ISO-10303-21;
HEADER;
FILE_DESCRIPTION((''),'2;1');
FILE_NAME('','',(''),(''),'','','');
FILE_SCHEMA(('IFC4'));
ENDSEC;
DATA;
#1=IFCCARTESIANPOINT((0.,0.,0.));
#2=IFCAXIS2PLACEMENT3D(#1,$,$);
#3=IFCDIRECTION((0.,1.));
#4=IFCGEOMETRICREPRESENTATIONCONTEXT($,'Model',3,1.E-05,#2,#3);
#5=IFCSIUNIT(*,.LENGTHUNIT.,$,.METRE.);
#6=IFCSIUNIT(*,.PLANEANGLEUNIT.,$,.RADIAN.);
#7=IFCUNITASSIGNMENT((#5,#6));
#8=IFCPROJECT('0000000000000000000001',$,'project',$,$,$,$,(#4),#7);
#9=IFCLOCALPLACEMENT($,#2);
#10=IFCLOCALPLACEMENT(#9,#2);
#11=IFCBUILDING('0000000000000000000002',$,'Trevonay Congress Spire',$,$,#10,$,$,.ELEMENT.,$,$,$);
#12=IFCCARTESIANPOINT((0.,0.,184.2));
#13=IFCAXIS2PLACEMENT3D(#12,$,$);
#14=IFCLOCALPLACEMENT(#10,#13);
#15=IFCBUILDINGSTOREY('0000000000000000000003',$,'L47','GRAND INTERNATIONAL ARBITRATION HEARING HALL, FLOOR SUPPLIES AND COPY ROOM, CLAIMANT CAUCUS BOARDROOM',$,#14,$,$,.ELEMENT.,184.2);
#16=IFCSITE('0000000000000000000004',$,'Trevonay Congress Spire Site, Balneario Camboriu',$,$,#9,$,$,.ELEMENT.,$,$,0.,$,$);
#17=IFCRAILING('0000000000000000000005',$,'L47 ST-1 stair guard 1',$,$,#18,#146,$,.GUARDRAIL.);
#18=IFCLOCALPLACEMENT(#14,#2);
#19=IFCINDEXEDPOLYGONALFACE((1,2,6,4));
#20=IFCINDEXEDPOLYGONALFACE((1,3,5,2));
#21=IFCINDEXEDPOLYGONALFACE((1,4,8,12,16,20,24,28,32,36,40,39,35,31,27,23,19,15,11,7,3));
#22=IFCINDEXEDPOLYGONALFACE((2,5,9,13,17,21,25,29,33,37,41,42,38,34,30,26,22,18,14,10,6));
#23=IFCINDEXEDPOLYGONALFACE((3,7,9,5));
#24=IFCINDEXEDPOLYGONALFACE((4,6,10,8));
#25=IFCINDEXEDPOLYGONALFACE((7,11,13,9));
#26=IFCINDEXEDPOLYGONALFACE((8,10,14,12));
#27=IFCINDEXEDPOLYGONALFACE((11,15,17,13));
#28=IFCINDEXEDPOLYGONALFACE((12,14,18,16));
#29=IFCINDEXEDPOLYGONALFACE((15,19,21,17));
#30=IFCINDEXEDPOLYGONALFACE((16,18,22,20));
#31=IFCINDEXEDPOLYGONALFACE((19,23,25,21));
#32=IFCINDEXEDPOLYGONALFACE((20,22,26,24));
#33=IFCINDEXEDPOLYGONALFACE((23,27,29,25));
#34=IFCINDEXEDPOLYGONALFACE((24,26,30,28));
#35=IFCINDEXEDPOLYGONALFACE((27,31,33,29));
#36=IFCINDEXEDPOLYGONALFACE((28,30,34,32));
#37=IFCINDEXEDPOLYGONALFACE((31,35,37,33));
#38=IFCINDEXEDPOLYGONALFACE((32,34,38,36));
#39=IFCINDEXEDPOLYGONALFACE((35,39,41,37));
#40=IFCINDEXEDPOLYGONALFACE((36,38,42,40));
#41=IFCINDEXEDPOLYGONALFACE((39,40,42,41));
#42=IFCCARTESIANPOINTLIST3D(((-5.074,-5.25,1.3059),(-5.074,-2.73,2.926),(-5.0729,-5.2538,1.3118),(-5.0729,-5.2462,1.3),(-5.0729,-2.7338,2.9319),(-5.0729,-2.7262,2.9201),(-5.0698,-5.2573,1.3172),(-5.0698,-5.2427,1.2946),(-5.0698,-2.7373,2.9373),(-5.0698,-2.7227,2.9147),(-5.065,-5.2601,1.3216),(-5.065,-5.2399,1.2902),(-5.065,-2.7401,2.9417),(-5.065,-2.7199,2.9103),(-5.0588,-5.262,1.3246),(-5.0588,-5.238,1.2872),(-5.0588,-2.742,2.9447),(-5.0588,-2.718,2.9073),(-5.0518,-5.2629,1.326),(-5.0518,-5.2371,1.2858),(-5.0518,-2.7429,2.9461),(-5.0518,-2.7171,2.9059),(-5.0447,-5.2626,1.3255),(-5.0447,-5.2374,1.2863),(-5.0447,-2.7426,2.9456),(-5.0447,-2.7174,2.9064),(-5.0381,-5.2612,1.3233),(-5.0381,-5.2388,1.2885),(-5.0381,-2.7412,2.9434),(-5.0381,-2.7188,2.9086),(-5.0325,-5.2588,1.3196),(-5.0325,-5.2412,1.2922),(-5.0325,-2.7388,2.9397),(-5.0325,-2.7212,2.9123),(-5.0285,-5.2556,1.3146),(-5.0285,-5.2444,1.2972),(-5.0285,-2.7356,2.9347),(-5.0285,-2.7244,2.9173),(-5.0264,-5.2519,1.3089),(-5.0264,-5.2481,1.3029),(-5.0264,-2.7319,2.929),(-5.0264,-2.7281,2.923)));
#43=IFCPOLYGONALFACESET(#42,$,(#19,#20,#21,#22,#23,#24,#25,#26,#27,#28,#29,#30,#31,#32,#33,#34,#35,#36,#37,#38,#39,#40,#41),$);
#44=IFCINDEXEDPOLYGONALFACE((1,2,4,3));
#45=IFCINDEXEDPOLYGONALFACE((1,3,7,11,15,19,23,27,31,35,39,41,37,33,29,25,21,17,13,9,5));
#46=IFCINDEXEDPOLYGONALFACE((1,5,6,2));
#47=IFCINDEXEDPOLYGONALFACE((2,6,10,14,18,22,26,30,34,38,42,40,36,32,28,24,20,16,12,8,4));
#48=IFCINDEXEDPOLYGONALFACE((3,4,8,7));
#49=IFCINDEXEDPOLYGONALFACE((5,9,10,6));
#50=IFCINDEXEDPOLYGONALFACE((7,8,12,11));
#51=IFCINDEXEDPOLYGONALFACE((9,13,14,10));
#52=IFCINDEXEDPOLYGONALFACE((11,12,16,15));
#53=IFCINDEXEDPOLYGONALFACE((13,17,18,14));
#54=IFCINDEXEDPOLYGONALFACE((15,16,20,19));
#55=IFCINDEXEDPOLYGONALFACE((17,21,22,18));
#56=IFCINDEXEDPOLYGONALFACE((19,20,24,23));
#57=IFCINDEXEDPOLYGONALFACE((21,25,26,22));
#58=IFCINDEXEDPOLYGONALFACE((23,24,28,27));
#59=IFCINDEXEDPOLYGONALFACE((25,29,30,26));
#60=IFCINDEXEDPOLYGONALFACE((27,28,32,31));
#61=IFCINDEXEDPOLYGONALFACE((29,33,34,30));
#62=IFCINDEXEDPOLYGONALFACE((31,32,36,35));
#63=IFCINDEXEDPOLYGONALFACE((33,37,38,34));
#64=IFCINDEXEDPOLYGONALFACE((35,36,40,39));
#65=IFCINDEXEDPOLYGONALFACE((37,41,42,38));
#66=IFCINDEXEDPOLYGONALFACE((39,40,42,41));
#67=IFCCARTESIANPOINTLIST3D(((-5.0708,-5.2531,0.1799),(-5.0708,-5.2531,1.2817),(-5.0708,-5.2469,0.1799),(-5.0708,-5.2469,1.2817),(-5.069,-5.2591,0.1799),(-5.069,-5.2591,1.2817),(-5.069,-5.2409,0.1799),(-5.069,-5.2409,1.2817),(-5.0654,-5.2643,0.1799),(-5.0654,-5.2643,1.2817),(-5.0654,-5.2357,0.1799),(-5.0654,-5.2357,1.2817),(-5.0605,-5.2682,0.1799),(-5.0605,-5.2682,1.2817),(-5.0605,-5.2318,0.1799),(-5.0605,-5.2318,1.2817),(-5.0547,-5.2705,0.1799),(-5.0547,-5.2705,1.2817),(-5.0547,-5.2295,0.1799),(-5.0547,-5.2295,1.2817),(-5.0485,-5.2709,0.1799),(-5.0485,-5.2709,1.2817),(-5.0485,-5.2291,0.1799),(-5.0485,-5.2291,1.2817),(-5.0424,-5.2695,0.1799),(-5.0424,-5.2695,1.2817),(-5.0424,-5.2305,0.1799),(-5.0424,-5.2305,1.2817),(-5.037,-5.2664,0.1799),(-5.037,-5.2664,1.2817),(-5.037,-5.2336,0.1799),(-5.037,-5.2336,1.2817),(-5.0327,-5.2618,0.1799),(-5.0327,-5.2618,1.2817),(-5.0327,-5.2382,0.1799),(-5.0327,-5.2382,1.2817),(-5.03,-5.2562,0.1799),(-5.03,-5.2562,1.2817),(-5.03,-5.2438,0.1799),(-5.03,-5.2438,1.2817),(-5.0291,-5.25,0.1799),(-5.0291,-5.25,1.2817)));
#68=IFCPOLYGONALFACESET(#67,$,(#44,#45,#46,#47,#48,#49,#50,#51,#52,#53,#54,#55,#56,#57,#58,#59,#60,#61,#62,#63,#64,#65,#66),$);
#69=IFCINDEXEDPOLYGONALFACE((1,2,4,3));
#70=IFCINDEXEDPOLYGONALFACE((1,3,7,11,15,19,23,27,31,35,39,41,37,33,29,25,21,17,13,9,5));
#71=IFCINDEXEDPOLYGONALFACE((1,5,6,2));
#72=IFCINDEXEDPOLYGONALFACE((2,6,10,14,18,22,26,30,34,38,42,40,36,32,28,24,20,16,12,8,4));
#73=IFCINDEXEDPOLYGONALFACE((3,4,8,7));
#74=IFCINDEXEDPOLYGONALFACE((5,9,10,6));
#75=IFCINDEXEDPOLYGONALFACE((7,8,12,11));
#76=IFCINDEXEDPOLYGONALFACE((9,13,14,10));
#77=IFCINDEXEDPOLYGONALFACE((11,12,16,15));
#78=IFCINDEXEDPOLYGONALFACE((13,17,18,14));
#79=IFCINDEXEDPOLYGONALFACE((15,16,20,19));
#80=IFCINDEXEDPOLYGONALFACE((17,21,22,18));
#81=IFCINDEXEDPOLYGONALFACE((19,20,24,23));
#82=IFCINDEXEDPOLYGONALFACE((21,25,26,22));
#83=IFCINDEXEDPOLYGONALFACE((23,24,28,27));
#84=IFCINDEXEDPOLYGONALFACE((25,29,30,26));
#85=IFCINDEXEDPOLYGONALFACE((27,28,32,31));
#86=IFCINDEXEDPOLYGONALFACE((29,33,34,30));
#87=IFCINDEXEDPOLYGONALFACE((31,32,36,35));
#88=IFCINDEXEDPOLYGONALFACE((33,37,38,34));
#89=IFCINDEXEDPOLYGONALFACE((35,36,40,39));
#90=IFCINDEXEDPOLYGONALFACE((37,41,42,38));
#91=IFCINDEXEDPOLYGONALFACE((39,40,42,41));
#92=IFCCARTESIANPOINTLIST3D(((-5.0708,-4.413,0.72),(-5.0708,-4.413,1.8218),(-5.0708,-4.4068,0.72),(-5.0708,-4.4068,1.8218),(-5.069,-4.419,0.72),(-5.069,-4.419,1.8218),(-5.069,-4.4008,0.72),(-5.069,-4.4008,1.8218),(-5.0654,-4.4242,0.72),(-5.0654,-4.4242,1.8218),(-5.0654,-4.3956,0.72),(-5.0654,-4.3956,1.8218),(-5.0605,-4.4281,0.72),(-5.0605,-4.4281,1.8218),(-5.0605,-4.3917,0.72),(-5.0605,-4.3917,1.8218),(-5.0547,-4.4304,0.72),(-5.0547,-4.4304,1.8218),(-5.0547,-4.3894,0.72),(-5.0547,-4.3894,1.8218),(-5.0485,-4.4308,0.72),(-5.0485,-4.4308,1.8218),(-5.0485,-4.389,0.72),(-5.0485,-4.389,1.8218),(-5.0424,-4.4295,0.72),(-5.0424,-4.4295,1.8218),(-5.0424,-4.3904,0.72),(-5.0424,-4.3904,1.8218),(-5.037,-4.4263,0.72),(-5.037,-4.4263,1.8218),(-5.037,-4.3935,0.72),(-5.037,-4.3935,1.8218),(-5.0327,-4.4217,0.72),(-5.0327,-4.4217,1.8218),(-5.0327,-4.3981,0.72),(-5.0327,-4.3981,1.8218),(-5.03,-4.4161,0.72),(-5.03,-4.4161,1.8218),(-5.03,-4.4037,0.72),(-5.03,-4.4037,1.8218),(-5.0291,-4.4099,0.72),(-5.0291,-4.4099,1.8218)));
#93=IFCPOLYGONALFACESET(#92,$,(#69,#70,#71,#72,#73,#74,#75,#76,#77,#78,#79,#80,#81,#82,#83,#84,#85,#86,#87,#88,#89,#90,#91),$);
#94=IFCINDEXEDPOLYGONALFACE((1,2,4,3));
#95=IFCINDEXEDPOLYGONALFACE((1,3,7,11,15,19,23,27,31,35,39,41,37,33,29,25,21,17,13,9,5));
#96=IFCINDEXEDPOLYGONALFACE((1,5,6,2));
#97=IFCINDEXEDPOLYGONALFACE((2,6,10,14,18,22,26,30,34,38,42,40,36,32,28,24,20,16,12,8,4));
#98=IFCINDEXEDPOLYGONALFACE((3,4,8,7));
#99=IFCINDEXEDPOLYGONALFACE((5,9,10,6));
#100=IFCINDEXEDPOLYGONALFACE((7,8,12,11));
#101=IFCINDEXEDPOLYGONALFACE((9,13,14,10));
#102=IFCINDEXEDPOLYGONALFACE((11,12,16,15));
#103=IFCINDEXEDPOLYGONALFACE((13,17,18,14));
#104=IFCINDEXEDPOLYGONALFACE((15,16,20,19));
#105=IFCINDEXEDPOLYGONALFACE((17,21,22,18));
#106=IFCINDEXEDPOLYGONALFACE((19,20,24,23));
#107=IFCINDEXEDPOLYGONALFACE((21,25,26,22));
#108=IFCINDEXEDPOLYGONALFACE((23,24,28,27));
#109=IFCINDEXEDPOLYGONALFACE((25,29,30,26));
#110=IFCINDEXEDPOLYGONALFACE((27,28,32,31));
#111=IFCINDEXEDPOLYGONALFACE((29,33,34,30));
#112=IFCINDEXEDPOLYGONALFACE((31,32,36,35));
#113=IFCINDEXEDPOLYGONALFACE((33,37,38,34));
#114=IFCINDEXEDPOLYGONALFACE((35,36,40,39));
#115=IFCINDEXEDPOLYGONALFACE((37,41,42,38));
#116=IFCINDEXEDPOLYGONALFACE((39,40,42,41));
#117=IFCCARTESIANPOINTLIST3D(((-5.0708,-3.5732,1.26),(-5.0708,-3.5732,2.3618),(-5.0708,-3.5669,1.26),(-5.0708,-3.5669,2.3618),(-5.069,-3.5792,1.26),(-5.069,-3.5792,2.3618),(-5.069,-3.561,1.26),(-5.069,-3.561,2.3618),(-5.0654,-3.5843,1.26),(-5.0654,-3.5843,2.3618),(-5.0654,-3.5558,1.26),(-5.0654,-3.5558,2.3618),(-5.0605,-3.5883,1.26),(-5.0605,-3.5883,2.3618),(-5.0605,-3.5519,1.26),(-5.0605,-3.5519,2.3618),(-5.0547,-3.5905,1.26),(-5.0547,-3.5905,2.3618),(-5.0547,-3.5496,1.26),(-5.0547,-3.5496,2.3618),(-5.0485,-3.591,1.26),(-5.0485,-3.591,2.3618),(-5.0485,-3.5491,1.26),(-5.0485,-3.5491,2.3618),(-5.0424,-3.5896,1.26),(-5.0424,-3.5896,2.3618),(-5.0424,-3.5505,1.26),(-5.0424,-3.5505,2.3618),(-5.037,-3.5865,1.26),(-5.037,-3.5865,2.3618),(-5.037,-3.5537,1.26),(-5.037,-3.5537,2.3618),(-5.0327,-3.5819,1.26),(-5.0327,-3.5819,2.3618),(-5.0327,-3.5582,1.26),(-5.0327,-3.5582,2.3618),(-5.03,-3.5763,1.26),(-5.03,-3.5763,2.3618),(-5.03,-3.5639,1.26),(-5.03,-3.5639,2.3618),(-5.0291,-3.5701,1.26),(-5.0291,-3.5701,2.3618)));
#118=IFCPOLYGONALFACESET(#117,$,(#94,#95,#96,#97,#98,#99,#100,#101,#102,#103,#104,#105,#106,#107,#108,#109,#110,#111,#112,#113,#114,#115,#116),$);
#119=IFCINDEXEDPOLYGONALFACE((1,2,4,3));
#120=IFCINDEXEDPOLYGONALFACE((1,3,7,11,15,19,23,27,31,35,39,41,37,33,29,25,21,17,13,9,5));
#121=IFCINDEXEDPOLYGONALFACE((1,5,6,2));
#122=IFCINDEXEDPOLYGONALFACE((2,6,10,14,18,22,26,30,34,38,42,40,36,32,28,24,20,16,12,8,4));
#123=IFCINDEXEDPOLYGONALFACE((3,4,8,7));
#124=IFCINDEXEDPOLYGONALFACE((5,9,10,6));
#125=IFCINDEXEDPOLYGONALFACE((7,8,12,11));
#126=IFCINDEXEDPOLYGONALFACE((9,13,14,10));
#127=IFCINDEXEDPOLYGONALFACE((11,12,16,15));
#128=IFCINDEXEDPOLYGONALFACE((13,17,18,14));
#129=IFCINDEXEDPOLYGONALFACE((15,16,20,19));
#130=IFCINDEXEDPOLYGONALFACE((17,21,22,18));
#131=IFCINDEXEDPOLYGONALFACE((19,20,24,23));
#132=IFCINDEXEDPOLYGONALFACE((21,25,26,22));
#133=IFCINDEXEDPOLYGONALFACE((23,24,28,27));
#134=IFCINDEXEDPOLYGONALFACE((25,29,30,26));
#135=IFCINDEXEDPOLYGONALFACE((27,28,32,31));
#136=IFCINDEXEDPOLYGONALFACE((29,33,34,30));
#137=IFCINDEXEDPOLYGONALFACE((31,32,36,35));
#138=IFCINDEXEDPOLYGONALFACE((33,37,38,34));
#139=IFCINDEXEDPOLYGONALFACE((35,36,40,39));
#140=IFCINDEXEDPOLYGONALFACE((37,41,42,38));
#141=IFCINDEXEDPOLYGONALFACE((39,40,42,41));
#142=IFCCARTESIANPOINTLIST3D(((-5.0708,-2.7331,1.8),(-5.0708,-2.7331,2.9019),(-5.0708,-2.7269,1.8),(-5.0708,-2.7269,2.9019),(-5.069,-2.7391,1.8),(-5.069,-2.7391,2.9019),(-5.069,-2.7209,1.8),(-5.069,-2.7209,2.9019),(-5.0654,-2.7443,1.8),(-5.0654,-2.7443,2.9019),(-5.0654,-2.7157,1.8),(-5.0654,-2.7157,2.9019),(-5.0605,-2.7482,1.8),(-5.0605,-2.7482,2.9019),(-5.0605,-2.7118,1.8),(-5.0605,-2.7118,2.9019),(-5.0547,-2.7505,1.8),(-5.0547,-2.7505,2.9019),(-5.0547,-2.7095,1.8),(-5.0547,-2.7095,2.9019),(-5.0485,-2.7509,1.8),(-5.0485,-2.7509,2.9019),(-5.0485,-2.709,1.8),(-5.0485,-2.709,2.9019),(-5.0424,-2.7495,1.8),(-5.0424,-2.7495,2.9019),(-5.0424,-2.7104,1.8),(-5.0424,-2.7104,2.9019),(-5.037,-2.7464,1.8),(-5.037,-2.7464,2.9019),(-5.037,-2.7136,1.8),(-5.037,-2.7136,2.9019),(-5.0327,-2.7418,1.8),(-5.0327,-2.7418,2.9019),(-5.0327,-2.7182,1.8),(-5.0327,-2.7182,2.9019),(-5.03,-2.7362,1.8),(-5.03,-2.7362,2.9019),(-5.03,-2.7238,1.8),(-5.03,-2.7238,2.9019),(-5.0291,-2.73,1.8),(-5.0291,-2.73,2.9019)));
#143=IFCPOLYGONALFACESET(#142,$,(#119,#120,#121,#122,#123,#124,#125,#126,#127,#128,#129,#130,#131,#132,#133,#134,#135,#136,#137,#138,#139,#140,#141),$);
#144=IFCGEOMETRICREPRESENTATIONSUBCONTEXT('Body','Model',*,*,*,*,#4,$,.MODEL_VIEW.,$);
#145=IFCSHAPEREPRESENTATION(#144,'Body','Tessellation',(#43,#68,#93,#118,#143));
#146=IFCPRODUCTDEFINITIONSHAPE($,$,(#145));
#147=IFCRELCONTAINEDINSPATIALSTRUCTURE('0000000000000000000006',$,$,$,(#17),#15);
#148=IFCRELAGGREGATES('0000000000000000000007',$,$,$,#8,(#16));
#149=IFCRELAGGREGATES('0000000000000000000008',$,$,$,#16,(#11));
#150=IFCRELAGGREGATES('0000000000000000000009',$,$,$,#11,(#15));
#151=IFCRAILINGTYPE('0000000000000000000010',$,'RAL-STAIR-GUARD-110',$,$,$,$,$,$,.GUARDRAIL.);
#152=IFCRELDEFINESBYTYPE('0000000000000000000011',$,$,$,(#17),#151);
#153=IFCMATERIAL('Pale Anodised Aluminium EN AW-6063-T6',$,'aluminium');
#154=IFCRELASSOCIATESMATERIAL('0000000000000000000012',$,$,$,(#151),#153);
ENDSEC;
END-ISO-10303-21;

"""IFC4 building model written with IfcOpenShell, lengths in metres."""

from ifc_helpers import new_model, si_unit, direction, frame, origin, origin_2d, place, context, subcontext, project, spatial, circle, extrude, material, type_object, element, save


model = new_model("IFC4")

# Units and contexts
model_context = context("Model", 3, precision=1e-05, world=origin(), true_north=direction((0.0, 1.0)))
body_context = subcontext(model_context, "Body", "Model", "MODEL_VIEW")
ifc_project = project(units=[si_unit("LENGTHUNIT", "METRE"), si_unit("PLANEANGLEUNIT", "RADIAN")], contexts=[model_context])

# Site, building, storey
site_placement = place(None, origin())
site = spatial("IfcSite", under=ifc_project, at=site_placement, Name="Trevonay Congress Spire Site, Balneario Camboriu", CompositionType="ELEMENT", RefElevation=0.0)
building_placement = place(site_placement, origin())
building = spatial("IfcBuilding", under=site, at=building_placement, Name="Trevonay Congress Spire", CompositionType="ELEMENT")
storey_placement = place(building_placement, frame((0.0, 0.0, 184.2)))
storey = spatial("IfcBuildingStorey", under=building, at=storey_placement, Name="L47", Description="GRAND INTERNATIONAL ARBITRATION HEARING HALL, FLOOR SUPPLIES AND COPY ROOM, CLAIMANT CAUCUS BOARDROOM", CompositionType="ELEMENT", Elevation=184.2)

# Shared definitions
ifc_material_1 = material(Name="Pale Anodised Aluminium EN AW-6063-T6", Category="aluminium")

# Railing
railing_type_1 = type_object("IfcRailingType", Name="RAL-STAIR-GUARD-110", PredefinedType="GUARDRAIL", material=ifc_material_1)
railing_1_placement = place(storey_placement, frame((-5.05, -5.25, 0.1799)))
element("IfcRailing", 1, at=railing_1_placement, inside=storey, type_object=railing_type_1, Name="L47 ST-1 stair guard 1", PredefinedType="GUARDRAIL", context=body_context, shape_type="SweptSolid", body=[
    extrude(circle(Radius=0.0239, at=origin_2d()), frame((0.0, 0.0, 1.126), z_axis=(0.0, 0.841163, 0.540782), x_axis=(-1.0, 0.0, 0.0)), (0.0, 0.0, 1.0), 2.9958),
    extrude(circle(Radius=0.021, at=origin_2d()), origin(), (0.0, 0.0, 1.0), 1.1018),
    extrude(circle(Radius=0.021, at=origin_2d()), frame((0.0, 0.8401, 0.54)), (0.0, 0.0, 1.0), 1.1018),
    extrude(circle(Radius=0.021, at=origin_2d()), frame((0.0, 1.6799, 1.0801)), (0.0, 0.0, 1.0), 1.1018),
    extrude(circle(Radius=0.021, at=origin_2d()), frame((0.0, 2.52, 1.6201)), (0.0, 0.0, 1.0), 1.1018),
])

save(model, "model.ifc")
